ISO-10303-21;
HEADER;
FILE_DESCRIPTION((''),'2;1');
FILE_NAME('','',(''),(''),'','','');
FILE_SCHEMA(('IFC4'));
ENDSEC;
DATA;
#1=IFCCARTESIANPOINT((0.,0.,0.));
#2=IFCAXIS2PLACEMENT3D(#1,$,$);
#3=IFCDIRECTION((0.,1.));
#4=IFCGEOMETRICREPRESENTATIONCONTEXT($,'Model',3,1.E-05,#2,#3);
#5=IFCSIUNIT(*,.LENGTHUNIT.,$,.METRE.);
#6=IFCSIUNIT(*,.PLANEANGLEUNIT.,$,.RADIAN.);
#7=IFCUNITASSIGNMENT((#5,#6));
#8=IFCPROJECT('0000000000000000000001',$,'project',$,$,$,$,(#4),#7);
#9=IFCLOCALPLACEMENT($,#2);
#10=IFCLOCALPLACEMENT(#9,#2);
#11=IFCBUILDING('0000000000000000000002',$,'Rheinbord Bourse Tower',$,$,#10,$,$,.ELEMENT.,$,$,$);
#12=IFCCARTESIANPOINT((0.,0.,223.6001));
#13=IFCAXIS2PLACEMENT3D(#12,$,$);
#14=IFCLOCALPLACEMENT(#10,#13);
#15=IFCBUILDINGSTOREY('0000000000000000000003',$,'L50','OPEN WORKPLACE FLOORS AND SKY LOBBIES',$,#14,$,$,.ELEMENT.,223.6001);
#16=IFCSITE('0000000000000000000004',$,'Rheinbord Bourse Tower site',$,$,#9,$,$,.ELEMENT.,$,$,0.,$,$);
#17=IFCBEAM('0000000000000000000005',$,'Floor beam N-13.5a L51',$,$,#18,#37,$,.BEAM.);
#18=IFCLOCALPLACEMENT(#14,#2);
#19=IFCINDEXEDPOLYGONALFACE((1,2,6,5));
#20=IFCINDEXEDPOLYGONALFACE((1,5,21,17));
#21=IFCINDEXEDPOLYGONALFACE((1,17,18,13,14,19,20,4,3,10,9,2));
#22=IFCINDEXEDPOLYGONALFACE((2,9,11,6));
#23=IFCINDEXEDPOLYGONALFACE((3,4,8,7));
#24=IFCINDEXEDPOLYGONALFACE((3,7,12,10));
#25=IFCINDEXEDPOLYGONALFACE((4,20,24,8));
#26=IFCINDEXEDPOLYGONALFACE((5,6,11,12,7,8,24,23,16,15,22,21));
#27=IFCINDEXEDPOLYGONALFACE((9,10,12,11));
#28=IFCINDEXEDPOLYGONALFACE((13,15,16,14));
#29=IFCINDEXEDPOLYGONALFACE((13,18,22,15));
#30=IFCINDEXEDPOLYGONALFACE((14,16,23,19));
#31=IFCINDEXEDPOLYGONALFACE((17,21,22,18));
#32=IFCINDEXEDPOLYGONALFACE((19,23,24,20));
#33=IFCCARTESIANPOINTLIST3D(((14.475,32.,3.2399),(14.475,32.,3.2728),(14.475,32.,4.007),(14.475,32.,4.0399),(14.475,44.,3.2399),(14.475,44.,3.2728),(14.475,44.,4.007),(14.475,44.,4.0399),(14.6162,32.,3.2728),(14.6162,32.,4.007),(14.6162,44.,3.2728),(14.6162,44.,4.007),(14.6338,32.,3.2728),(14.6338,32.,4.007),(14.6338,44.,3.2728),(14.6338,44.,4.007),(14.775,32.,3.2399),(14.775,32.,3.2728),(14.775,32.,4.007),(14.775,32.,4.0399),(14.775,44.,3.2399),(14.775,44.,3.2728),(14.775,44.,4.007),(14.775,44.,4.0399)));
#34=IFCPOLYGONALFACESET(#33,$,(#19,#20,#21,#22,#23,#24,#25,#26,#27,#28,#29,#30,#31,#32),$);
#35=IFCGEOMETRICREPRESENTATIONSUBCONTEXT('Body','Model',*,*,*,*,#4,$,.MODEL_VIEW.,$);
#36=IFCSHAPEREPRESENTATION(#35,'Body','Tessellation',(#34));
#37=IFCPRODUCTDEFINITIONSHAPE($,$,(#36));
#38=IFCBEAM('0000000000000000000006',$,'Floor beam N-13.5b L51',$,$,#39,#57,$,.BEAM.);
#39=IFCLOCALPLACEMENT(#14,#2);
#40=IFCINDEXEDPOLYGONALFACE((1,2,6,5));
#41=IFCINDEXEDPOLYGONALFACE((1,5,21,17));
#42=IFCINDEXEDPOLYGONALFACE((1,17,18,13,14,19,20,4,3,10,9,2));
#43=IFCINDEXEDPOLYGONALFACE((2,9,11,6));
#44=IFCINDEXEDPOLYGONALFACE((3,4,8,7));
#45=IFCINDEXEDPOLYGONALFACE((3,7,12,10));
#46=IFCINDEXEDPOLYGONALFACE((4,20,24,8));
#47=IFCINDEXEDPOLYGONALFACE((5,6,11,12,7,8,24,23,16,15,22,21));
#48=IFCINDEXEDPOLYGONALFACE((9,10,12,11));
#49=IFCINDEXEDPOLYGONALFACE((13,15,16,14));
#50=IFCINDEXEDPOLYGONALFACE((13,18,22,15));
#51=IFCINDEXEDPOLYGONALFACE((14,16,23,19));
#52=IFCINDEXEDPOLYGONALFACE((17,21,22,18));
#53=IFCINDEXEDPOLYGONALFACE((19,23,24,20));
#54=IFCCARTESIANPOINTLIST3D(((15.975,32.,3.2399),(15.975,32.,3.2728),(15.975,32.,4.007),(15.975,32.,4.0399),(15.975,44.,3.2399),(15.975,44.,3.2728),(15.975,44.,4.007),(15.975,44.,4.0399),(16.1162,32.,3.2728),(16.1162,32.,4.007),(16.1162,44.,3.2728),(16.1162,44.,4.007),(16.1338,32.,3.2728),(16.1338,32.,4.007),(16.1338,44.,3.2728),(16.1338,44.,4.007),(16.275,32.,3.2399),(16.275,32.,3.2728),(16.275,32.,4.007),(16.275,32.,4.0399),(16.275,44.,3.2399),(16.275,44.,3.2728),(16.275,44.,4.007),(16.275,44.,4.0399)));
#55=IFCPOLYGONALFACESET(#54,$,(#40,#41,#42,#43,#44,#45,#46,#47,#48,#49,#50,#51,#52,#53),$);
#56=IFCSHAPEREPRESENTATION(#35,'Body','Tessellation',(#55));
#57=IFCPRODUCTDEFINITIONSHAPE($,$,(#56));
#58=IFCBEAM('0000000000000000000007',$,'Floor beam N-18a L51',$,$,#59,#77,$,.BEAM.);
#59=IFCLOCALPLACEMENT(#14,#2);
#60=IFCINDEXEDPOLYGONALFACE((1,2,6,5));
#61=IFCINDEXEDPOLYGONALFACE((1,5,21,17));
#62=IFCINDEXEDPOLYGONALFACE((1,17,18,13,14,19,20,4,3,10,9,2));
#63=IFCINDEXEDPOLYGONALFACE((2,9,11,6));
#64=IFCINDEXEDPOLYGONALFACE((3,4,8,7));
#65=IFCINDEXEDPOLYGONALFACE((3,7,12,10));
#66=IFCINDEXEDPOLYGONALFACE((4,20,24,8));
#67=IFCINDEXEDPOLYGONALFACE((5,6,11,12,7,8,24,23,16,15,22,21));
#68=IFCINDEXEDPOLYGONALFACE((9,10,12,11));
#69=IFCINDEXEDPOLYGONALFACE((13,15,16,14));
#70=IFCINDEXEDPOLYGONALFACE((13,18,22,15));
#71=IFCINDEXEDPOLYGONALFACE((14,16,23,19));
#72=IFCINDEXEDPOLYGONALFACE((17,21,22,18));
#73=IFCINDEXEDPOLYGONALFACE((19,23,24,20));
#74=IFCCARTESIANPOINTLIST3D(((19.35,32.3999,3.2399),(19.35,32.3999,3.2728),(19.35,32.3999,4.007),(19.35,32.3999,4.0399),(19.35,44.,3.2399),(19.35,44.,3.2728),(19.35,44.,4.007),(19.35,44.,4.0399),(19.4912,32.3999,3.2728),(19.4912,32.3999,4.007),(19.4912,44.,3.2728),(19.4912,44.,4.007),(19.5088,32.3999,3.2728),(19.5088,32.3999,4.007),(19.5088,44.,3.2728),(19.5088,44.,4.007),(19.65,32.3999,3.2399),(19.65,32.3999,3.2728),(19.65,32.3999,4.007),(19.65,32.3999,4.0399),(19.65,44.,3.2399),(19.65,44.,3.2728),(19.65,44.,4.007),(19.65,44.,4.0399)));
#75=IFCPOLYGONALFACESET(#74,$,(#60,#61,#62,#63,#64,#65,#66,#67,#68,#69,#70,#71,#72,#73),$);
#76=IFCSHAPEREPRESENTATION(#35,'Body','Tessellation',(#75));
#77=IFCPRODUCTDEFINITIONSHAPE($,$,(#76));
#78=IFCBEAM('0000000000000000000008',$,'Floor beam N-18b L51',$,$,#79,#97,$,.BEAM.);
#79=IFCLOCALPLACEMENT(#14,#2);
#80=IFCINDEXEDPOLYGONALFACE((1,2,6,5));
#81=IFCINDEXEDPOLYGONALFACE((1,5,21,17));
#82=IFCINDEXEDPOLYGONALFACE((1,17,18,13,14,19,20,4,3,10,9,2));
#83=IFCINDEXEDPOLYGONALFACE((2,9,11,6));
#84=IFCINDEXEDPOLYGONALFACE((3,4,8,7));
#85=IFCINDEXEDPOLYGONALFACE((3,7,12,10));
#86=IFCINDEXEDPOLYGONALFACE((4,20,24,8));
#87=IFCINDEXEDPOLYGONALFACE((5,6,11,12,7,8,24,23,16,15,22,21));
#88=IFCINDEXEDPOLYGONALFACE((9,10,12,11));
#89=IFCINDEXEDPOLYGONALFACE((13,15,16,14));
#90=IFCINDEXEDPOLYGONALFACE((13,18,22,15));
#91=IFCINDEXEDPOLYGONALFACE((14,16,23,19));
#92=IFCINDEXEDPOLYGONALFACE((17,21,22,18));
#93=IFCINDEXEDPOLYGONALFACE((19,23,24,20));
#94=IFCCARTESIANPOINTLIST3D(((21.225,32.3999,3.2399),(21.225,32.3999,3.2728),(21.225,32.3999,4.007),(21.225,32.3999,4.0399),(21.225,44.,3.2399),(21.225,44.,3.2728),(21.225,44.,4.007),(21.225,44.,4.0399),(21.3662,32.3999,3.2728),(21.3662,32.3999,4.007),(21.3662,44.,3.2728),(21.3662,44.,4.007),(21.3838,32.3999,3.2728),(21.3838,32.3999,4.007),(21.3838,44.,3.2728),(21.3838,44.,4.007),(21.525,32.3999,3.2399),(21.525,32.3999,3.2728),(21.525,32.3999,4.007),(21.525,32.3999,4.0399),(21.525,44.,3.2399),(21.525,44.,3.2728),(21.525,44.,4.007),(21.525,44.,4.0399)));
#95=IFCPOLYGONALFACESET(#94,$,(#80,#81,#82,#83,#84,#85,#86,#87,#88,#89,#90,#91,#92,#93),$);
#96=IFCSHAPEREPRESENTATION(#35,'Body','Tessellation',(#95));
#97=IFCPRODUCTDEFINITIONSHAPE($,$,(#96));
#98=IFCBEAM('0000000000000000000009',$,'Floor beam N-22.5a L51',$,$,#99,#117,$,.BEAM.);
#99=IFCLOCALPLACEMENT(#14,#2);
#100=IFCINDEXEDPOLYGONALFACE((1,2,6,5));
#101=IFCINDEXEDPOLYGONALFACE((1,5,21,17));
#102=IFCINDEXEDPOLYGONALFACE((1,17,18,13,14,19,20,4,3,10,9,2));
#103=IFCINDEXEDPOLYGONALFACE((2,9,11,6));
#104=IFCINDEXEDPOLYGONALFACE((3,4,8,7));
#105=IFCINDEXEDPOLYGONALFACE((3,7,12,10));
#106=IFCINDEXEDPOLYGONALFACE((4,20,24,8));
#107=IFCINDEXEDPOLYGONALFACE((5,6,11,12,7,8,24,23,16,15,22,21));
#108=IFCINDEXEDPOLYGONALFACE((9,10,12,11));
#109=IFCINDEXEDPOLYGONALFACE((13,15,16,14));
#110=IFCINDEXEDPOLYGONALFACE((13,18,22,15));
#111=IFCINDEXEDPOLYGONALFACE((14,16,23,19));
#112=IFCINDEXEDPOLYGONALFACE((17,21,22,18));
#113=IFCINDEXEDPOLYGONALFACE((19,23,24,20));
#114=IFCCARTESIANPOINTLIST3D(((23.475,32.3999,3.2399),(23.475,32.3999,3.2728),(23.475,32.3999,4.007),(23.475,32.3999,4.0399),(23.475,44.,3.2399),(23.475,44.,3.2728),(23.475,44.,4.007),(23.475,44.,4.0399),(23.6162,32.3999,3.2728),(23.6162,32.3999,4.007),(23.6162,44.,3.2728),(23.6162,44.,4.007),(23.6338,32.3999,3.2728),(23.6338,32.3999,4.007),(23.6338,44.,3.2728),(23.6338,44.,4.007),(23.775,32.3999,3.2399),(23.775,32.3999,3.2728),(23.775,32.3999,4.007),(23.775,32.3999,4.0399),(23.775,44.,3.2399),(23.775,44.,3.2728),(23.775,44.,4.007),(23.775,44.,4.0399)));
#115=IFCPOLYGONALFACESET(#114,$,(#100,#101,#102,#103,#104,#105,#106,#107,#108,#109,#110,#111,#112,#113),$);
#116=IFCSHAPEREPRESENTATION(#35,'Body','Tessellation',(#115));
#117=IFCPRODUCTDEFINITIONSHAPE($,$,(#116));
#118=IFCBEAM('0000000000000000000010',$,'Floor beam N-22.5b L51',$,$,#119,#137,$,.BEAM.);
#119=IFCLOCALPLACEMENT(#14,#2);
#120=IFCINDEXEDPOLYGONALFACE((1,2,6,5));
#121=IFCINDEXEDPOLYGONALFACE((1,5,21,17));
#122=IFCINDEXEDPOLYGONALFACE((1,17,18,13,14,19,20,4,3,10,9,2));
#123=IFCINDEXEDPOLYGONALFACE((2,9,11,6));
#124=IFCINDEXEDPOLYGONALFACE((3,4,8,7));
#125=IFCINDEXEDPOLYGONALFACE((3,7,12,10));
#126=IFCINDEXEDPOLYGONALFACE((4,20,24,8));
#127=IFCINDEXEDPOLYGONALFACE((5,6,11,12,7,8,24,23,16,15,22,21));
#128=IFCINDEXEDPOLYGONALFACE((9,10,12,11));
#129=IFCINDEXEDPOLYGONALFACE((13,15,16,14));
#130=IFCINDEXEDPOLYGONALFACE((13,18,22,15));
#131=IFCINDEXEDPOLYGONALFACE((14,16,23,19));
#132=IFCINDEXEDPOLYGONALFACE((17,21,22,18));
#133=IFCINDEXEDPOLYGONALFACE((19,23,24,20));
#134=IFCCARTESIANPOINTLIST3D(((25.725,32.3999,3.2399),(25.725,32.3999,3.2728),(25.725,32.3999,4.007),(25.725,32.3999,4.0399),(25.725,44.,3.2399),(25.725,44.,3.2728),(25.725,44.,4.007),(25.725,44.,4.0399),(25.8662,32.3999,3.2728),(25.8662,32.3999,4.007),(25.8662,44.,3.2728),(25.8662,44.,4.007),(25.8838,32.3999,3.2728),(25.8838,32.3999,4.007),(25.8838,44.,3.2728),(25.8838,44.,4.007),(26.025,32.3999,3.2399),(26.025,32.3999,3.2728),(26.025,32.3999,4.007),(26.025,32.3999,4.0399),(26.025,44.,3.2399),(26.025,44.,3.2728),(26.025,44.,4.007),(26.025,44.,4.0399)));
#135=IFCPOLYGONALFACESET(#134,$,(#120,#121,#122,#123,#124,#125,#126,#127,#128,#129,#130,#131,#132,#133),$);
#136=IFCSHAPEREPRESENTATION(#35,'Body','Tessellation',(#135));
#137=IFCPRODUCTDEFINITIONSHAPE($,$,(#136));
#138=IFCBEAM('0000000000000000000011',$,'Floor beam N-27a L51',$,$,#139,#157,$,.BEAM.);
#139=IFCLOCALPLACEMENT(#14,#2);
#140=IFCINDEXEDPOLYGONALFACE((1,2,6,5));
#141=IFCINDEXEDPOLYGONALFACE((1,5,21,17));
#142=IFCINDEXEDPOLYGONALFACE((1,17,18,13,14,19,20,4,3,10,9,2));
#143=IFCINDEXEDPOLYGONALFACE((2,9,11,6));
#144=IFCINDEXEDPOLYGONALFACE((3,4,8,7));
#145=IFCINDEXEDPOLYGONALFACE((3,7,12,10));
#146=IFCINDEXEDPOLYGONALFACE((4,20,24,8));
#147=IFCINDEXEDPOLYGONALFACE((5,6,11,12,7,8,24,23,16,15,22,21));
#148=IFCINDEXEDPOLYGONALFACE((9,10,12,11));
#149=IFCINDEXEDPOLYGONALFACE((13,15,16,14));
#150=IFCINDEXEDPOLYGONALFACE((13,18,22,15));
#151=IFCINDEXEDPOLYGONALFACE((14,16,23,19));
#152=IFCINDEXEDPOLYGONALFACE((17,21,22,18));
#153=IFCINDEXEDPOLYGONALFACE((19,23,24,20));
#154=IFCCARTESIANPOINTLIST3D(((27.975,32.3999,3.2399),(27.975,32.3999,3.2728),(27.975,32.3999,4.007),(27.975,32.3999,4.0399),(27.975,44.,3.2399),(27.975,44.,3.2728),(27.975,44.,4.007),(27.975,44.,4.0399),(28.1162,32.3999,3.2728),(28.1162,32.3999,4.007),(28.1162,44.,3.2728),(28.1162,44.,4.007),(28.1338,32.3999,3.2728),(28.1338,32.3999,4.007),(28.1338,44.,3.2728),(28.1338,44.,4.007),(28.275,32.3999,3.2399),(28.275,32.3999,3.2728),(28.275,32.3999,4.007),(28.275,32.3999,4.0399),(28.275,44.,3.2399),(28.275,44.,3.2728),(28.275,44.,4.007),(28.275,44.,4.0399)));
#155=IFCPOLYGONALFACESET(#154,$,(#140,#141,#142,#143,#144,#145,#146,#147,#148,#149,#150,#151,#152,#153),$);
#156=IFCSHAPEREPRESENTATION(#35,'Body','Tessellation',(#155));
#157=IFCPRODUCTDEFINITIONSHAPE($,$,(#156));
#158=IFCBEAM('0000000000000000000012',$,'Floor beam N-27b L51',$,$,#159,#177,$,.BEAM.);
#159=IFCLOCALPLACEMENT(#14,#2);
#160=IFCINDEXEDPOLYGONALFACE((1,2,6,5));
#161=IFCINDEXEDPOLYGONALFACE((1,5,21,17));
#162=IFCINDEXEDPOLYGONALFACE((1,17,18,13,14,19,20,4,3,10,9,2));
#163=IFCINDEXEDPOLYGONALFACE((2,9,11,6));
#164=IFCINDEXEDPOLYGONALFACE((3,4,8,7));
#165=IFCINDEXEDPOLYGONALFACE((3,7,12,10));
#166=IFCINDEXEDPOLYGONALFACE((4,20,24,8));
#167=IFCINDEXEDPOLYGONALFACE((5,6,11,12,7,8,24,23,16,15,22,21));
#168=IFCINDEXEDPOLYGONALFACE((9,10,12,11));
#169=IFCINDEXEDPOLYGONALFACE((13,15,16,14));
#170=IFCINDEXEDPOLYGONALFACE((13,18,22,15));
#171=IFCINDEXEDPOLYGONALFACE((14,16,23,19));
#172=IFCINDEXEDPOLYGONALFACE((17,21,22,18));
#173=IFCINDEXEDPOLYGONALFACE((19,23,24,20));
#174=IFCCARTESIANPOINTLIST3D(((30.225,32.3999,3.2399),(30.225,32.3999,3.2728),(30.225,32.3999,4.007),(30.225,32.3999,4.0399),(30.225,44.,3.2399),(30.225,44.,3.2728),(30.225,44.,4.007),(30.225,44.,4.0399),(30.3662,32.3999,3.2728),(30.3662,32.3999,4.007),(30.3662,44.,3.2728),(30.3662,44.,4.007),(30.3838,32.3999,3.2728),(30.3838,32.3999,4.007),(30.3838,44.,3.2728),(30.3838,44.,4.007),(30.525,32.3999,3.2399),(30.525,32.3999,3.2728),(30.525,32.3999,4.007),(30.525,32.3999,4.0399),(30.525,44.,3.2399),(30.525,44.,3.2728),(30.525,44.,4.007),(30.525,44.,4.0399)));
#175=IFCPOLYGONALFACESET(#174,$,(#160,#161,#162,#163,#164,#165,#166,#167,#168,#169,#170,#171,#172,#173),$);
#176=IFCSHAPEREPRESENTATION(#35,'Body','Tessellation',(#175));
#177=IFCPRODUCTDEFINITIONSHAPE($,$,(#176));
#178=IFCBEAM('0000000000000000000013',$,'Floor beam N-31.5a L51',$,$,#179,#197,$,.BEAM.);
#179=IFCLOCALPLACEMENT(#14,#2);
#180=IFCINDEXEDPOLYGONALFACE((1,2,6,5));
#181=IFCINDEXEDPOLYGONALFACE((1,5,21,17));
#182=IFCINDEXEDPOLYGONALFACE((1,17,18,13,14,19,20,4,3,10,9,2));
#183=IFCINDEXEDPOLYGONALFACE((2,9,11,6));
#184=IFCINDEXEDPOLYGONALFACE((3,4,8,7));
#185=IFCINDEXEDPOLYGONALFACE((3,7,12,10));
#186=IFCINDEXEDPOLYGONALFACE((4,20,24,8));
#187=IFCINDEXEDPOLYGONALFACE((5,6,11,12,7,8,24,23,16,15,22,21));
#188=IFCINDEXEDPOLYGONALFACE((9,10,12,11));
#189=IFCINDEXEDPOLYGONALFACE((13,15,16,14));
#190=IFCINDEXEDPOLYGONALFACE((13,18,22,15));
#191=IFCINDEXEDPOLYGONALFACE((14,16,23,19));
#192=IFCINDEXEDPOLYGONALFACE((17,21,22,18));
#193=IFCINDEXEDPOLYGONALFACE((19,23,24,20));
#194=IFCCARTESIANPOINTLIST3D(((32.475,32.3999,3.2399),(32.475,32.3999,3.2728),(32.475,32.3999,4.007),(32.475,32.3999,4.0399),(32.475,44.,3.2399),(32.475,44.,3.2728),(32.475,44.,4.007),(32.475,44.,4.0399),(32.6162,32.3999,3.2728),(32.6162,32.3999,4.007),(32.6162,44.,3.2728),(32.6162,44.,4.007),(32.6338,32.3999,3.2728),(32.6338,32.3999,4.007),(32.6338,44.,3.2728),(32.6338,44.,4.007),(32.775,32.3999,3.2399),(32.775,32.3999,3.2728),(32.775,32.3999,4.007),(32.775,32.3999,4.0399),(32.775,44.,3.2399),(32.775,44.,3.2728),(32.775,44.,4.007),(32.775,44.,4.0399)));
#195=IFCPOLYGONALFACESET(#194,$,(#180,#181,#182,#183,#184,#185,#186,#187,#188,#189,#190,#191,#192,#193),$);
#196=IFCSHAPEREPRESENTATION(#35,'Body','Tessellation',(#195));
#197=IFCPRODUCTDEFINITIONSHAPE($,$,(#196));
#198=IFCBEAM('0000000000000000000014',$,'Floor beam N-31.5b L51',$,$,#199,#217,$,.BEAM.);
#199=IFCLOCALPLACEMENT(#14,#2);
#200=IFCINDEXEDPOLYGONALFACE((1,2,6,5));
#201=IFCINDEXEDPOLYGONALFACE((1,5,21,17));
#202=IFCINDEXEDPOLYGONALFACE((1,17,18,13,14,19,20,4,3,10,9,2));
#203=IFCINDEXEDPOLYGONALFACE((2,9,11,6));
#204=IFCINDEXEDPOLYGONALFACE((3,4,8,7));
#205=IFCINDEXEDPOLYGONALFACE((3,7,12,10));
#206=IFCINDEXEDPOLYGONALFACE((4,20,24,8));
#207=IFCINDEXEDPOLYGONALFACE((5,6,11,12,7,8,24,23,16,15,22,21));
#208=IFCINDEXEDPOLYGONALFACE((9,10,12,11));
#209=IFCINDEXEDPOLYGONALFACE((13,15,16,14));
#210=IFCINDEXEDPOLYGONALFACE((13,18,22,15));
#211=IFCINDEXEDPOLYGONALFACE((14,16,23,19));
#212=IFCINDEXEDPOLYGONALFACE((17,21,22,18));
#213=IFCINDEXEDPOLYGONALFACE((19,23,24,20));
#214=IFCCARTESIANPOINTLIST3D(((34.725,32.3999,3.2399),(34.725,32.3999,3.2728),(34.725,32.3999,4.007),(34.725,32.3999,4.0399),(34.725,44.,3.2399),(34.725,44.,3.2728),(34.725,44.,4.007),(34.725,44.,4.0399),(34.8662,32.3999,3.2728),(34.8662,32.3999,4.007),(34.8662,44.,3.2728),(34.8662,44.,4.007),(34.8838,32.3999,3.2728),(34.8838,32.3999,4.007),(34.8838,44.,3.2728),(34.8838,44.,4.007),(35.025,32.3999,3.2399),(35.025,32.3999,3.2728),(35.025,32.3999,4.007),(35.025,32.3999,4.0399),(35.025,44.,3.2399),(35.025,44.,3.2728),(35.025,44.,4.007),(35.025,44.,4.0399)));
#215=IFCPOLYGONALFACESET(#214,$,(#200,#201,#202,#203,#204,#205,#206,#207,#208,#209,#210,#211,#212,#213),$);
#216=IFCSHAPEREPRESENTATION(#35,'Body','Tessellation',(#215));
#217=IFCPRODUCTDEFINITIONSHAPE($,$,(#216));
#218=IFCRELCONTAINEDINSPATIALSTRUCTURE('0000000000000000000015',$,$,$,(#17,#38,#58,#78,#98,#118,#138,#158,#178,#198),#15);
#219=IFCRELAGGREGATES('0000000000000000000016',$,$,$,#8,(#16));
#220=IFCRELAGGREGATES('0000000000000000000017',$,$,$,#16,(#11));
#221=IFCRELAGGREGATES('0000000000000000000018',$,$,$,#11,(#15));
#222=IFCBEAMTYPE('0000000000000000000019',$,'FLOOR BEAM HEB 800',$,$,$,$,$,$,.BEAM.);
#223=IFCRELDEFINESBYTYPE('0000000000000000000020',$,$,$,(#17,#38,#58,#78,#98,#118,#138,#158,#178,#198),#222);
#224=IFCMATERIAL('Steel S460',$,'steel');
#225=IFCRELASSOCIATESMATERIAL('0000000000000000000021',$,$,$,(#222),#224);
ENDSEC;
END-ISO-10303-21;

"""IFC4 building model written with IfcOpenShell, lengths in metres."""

from ifc_helpers import new_model, si_unit, direction, frame, origin, origin_2d, place, context, subcontext, project, spatial, i_section, extrude, material, material_profile, profile_set, type_object, element, save


model = new_model("IFC4")

# Units and contexts
model_context = context("Model", 3, precision=1e-05, world=origin(), true_north=direction((0.0, 1.0)))
body_context = subcontext(model_context, "Body", "Model", "MODEL_VIEW")
ifc_project = project(units=[si_unit("LENGTHUNIT", "METRE"), si_unit("PLANEANGLEUNIT", "RADIAN")], contexts=[model_context])

# Site, building, storey
site_placement = place(None, origin())
site = spatial("IfcSite", under=ifc_project, at=site_placement, Name="Rheinbord Bourse Tower site", CompositionType="ELEMENT", RefElevation=0.0)
building_placement = place(site_placement, origin())
building = spatial("IfcBuilding", under=site, at=building_placement, Name="Rheinbord Bourse Tower", CompositionType="ELEMENT")
storey_placement = place(building_placement, frame((0.0, 0.0, 223.6001)))
storey = spatial("IfcBuildingStorey", under=building, at=storey_placement, Name="L50", Description="OPEN WORKPLACE FLOORS AND SKY LOBBIES", CompositionType="ELEMENT", Elevation=223.6001)

# Beams
ifc_material_1 = material(Name="Steel S460", Category="steel")
ifc_material_profile_1 = material_profile(ifc_material_1, i_section(OverallWidth=0.3, OverallDepth=0.8, WebThickness=0.0176, FlangeThickness=0.033, at=origin_2d()), Name="HEB 800")
ifc_profile_set_1 = profile_set([ifc_material_profile_1], Name="Steel S460")
beam_type_1 = type_object("IfcBeamType", Name="FLOOR BEAM HEB 800", PredefinedType="BEAM", material=ifc_profile_set_1)
for number, where, z_axis, x_axis, name in (
    (1, (14.625, 44.0, 3.6399), (0.0, -1.0, 0.0), (1.0, 0.0, 0.0), "Floor beam N-13.5a L51"),
    (2, (16.125, 44.0, 3.6399), (0.0, -1.0, 0.0), (1.0, 0.0, 0.0), "Floor beam N-13.5b L51"),
):
    element("IfcBeam", number, at=place(storey_placement, frame(where, z_axis=z_axis, x_axis=x_axis)), inside=storey, type_object=beam_type_1, Name=name, PredefinedType="BEAM", context=body_context, shape_type="SweptSolid", body=[
        extrude(i_section(OverallWidth=0.3, OverallDepth=0.8, WebThickness=0.0176, FlangeThickness=0.033, at=origin_2d()), origin(), (0.0, 0.0, 1.0), 12.0),
    ])
for number, where, z_axis, x_axis, name in (
    (3, (19.5, 44.0, 3.6399), (0.0, -1.0, 0.0), (1.0, 0.0, 0.0), "Floor beam N-18a L51"),
    (4, (21.375, 44.0, 3.6399), (0.0, -1.0, 0.0), (1.0, 0.0, 0.0), "Floor beam N-18b L51"),
    (5, (23.625, 44.0, 3.6399), (0.0, -1.0, 0.0), (1.0, 0.0, 0.0), "Floor beam N-22.5a L51"),
    (6, (25.875, 44.0, 3.6399), (0.0, -1.0, 0.0), (1.0, 0.0, 0.0), "Floor beam N-22.5b L51"),
    (7, (28.125, 44.0, 3.6399), (0.0, -1.0, 0.0), (1.0, 0.0, 0.0), "Floor beam N-27a L51"),
    (8, (30.375, 44.0, 3.6399), (0.0, -1.0, 0.0), (1.0, 0.0, 0.0), "Floor beam N-27b L51"),
    (9, (32.625, 44.0, 3.6399), (0.0, -1.0, 0.0), (1.0, 0.0, 0.0), "Floor beam N-31.5a L51"),
    (10, (34.875, 44.0, 3.6399), (0.0, -1.0, 0.0), (1.0, 0.0, 0.0), "Floor beam N-31.5b L51"),
):
    element("IfcBeam", number, at=place(storey_placement, frame(where, z_axis=z_axis, x_axis=x_axis)), inside=storey, type_object=beam_type_1, Name=name, PredefinedType="BEAM", context=body_context, shape_type="SweptSolid", body=[
        extrude(i_section(OverallWidth=0.3, OverallDepth=0.8, WebThickness=0.0176, FlangeThickness=0.033, at=origin_2d()), origin(), (0.0, 0.0, 1.0), 11.6001),
    ])

save(model, "model.ifc")
